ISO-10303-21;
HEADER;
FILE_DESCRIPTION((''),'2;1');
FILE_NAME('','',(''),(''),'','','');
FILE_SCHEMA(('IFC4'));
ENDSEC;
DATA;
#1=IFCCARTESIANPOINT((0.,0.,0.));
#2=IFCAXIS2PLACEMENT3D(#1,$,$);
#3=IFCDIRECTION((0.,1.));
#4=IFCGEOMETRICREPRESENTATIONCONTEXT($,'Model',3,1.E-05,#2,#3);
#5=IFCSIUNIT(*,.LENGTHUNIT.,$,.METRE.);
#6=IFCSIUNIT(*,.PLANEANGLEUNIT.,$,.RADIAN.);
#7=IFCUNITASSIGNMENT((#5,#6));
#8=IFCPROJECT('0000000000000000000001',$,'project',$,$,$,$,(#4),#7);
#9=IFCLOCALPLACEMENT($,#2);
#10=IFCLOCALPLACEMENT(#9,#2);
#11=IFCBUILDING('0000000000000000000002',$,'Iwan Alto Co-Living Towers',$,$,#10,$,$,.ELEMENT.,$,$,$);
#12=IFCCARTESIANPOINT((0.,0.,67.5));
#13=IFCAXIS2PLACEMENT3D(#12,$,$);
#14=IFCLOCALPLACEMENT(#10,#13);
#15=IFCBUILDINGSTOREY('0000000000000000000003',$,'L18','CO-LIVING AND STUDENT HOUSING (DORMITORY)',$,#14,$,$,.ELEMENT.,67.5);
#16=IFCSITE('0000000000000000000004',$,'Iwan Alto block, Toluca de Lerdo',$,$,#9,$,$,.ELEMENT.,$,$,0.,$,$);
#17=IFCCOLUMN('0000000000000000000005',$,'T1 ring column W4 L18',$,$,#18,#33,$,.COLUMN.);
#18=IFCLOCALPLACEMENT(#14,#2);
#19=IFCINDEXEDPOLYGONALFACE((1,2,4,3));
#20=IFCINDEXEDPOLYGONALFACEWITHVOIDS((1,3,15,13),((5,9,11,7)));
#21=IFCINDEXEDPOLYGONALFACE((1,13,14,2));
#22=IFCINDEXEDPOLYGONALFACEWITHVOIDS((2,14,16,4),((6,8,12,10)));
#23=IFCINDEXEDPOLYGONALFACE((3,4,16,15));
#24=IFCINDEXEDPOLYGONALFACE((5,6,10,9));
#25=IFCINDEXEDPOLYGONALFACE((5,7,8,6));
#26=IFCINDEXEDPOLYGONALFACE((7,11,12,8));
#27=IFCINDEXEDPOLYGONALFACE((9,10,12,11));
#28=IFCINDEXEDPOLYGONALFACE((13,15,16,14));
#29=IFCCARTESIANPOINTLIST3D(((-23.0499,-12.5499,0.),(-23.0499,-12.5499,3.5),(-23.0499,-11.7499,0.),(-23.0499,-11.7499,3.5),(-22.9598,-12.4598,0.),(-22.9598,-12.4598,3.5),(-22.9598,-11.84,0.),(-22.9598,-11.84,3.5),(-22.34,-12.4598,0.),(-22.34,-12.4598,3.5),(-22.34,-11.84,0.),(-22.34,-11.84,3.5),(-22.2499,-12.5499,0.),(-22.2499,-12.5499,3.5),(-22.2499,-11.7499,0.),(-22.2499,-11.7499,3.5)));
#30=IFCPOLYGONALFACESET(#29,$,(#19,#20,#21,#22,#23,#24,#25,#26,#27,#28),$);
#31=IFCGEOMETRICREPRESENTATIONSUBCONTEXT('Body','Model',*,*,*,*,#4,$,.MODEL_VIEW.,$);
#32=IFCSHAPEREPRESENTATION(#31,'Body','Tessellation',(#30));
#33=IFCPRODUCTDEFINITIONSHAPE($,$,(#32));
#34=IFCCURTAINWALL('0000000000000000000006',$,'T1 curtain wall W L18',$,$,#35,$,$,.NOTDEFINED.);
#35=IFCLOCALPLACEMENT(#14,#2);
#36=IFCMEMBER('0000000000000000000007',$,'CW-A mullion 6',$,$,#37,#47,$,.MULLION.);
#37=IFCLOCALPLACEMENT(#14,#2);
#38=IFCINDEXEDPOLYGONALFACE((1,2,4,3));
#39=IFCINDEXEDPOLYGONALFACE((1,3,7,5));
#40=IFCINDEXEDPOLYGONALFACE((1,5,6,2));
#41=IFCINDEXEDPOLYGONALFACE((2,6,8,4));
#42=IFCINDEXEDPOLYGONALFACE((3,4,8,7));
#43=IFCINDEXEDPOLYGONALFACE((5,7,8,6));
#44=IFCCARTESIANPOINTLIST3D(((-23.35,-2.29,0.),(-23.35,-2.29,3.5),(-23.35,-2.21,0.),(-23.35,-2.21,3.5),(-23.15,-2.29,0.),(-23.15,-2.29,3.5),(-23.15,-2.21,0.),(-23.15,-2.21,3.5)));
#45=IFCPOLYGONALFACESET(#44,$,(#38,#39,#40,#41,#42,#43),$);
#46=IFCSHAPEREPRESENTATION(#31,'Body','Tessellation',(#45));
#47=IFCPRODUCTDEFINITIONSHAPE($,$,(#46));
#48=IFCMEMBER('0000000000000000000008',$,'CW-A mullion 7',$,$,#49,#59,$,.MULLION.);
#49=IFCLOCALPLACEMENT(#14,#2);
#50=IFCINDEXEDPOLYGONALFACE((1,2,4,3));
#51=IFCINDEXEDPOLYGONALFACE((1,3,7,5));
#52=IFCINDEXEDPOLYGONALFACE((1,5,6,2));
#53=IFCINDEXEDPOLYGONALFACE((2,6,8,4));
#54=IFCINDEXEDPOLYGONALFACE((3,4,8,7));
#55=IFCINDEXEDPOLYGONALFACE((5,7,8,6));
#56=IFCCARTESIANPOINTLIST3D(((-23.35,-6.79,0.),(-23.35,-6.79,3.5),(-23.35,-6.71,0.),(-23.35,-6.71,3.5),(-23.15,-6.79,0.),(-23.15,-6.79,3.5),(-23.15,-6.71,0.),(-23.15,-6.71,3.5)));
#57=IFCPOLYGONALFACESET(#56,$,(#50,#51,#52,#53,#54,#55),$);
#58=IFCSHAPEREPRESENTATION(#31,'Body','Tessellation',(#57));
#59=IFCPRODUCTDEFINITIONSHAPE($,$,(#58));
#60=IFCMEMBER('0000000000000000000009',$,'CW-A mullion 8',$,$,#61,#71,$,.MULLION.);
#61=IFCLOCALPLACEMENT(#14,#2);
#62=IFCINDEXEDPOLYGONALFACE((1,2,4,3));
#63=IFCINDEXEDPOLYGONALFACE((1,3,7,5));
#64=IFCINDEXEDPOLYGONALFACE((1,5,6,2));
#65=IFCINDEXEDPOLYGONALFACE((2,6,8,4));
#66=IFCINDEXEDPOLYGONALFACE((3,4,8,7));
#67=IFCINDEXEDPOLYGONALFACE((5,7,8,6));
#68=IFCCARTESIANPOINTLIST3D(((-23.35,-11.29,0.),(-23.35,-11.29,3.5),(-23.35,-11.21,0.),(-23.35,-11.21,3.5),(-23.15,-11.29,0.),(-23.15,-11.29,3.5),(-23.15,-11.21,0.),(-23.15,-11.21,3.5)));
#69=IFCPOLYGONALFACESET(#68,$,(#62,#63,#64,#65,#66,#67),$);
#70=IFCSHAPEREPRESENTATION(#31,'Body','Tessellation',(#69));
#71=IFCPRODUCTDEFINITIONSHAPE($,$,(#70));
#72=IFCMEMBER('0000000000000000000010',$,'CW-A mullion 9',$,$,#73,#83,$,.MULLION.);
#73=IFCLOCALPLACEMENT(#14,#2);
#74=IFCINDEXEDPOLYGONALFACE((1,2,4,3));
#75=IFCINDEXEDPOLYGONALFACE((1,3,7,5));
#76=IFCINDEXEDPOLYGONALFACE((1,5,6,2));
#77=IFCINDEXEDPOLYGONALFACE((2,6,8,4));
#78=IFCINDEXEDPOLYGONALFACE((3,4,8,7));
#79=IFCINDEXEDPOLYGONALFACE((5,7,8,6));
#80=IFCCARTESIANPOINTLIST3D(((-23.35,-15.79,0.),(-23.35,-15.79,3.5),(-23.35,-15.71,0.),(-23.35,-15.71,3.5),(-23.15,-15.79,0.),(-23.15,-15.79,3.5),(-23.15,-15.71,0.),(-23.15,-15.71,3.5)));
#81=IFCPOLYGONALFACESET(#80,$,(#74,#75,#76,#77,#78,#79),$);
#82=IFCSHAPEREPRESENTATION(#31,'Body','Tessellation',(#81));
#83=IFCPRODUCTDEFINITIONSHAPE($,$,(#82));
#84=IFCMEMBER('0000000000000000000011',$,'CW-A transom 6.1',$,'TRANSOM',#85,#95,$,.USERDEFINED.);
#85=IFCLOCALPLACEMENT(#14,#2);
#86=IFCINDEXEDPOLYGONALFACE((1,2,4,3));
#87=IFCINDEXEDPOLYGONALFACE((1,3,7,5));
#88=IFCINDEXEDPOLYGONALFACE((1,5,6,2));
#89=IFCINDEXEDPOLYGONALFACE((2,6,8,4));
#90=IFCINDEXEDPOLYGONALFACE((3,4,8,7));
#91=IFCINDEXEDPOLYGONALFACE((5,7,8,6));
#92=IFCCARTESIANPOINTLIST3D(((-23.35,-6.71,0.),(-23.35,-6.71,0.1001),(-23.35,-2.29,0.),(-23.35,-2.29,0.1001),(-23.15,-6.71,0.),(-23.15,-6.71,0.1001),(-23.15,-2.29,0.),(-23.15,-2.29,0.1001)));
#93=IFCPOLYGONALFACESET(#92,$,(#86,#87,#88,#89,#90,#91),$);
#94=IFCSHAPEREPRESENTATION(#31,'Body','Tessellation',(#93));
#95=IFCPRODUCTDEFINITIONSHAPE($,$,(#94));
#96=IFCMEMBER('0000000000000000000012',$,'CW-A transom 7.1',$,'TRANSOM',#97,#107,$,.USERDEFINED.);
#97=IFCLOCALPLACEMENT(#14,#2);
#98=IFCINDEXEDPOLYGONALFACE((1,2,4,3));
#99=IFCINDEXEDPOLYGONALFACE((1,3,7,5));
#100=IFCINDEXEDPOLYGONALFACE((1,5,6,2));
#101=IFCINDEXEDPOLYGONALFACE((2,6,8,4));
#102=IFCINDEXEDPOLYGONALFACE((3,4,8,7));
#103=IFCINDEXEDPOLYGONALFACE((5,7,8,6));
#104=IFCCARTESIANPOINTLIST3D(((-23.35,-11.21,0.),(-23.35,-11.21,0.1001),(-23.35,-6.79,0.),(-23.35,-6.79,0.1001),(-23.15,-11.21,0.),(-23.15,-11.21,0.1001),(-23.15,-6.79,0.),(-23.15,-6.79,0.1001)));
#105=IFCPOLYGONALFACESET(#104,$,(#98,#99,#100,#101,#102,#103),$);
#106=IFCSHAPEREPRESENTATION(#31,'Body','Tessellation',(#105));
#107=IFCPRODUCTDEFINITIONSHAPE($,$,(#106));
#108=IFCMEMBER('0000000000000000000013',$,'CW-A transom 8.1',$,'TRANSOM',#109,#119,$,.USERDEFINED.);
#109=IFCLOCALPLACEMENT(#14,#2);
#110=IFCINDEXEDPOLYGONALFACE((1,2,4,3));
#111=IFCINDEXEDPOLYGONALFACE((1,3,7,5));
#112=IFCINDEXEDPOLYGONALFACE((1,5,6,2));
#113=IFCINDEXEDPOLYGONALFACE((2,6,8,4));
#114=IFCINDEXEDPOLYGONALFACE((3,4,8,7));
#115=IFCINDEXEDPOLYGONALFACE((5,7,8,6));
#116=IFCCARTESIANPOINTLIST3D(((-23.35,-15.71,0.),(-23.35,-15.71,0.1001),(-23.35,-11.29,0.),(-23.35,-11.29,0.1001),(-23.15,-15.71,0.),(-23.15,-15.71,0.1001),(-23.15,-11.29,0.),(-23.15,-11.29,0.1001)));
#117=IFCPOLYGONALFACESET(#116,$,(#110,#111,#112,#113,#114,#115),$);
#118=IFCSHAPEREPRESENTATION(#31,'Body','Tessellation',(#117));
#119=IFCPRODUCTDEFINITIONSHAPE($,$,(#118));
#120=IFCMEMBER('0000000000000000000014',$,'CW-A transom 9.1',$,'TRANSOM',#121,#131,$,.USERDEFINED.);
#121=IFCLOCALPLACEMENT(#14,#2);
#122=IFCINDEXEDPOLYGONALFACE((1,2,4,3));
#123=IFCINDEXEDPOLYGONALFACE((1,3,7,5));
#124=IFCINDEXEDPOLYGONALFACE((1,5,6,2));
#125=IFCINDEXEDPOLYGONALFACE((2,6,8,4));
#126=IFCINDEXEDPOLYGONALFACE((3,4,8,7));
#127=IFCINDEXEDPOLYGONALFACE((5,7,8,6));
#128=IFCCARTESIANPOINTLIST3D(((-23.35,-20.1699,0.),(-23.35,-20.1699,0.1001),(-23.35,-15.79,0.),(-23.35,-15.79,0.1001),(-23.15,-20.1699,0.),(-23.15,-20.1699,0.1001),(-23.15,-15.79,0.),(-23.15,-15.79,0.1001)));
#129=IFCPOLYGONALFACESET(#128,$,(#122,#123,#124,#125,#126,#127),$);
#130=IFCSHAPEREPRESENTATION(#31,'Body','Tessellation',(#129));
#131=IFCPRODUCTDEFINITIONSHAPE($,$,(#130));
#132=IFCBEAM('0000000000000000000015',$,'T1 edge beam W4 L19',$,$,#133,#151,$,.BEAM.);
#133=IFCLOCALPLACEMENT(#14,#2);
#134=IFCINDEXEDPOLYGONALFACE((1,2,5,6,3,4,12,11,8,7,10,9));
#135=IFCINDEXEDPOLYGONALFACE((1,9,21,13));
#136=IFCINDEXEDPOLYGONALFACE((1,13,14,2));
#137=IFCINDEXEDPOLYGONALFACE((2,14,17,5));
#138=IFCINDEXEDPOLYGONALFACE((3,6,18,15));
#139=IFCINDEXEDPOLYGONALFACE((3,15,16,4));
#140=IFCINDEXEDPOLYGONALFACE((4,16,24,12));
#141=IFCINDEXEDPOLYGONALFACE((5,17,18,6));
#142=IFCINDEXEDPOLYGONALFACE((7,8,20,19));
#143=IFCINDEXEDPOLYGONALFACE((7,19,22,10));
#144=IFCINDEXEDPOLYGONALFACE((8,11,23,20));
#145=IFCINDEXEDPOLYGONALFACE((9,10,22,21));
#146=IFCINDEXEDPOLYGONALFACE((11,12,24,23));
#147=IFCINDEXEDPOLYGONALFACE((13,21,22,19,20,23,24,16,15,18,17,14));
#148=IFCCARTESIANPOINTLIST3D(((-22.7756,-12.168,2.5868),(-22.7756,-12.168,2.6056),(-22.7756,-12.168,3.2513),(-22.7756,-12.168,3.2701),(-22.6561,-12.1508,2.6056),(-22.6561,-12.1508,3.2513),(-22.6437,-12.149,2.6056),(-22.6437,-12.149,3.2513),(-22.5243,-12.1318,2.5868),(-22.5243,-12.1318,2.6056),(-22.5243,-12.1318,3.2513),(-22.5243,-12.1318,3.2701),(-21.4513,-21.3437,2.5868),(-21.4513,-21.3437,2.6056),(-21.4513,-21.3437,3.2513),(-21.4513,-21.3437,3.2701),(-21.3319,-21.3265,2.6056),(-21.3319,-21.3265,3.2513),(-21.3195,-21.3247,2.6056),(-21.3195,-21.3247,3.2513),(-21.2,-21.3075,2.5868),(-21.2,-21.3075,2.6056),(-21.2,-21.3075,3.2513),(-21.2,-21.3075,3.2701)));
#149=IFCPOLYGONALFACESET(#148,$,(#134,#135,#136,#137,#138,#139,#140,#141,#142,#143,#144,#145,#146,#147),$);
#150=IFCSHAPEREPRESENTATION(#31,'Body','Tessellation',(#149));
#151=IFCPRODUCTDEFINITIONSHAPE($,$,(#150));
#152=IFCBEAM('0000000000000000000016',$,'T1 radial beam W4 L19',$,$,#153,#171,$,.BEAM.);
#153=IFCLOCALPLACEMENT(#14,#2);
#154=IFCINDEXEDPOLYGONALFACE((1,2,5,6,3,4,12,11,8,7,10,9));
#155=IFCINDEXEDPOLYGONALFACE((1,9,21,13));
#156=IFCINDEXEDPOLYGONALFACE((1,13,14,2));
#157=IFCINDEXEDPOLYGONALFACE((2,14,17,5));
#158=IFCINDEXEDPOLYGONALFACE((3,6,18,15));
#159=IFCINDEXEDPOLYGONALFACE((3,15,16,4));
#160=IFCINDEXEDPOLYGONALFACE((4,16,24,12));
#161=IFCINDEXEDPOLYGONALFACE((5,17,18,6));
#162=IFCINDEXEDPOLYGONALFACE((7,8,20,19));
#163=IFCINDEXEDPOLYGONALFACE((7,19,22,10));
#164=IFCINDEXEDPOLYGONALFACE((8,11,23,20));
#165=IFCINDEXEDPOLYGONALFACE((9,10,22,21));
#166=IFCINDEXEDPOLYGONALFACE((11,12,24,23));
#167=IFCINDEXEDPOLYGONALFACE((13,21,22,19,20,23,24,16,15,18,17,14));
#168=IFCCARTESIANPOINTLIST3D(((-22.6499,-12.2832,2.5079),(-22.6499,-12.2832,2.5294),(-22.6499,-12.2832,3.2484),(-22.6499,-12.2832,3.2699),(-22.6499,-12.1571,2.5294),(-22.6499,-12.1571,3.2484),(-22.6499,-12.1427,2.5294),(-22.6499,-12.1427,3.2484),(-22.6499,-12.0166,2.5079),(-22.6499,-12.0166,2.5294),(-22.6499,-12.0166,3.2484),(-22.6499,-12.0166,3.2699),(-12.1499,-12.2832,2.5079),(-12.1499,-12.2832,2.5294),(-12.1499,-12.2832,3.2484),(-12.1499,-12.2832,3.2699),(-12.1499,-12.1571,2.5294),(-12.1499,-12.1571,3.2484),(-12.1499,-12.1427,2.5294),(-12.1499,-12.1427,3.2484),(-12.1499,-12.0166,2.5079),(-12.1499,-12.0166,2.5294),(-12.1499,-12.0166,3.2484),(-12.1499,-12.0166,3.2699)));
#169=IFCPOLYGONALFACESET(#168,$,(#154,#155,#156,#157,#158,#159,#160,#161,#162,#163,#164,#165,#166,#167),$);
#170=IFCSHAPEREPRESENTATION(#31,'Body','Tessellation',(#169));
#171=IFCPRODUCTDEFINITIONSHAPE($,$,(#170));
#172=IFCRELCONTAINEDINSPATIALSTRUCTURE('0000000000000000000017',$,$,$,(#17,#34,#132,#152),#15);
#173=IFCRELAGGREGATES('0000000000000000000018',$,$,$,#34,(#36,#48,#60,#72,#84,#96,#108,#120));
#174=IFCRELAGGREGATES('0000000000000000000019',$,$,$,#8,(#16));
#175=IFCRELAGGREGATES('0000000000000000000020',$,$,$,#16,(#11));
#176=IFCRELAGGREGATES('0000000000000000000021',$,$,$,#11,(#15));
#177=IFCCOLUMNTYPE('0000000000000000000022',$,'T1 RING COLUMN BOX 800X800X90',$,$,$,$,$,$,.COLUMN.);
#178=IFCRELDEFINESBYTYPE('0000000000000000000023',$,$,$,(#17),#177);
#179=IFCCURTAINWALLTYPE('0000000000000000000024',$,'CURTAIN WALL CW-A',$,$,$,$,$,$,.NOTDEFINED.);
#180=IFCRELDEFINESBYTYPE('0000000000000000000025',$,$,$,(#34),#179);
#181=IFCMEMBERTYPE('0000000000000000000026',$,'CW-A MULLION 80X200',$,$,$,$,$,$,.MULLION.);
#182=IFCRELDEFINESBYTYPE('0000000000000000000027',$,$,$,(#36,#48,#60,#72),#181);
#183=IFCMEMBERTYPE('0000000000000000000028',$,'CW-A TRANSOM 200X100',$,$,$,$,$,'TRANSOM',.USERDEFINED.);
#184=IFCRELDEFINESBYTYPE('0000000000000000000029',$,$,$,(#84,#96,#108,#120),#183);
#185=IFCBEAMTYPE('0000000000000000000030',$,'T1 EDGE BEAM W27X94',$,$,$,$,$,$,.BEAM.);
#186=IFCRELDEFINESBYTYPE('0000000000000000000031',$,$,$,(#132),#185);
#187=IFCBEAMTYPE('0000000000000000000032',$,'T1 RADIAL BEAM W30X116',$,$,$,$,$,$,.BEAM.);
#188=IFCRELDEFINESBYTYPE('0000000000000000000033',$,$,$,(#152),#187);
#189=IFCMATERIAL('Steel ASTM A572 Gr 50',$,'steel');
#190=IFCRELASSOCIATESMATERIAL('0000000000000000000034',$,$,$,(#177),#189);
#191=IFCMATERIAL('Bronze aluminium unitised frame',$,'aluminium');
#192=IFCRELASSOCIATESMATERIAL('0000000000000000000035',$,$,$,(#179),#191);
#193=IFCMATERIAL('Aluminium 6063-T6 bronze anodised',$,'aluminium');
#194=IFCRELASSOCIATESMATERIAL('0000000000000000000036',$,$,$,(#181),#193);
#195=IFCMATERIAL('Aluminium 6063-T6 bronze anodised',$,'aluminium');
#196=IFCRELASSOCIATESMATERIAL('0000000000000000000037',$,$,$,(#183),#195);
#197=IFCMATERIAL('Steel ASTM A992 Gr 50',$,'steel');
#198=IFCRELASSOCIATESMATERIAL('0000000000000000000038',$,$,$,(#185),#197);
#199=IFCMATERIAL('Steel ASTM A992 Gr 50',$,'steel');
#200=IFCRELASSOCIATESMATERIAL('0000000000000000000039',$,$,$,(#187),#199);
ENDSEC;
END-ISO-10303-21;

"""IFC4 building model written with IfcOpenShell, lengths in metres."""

from ifc_helpers import new_model, si_unit, direction, frame, origin, origin_2d, place, context, subcontext, project, spatial, rectangle, hollow_rectangle, i_section, extrude, material, material_profile, profile_set, type_object, element, aggregate, save


model = new_model("IFC4")

# Units and contexts
model_context = context("Model", 3, precision=1e-05, world=origin(), true_north=direction((0.0, 1.0)))
body_context = subcontext(model_context, "Body", "Model", "MODEL_VIEW")
ifc_project = project(units=[si_unit("LENGTHUNIT", "METRE"), si_unit("PLANEANGLEUNIT", "RADIAN")], contexts=[model_context])

# Site, building, storey
site_placement = place(None, origin())
site = spatial("IfcSite", under=ifc_project, at=site_placement, Name="Iwan Alto block, Toluca de Lerdo", CompositionType="ELEMENT", RefElevation=0.0)
building_placement = place(site_placement, origin())
building = spatial("IfcBuilding", under=site, at=building_placement, Name="Iwan Alto Co-Living Towers", CompositionType="ELEMENT")
storey_placement = place(building_placement, frame((0.0, 0.0, 67.5)))
storey = spatial("IfcBuildingStorey", under=building, at=storey_placement, Name="L18", Description="CO-LIVING AND STUDENT HOUSING (DORMITORY)", CompositionType="ELEMENT", Elevation=67.5)

# Column
ifc_material_1 = material(Name="Steel ASTM A572 Gr 50", Category="steel")
ifc_material_profile_1 = material_profile(ifc_material_1, hollow_rectangle(XDim=0.8, YDim=0.8, WallThickness=0.0901, at=origin_2d()), Name="BOX 800X800X90")
ifc_profile_set_1 = profile_set([ifc_material_profile_1], Name="Steel ASTM A572 Gr 50")
column_type = type_object("IfcColumnType", Name="T1 RING COLUMN BOX 800X800X90", PredefinedType="COLUMN", material=ifc_profile_set_1)
column_placement = place(storey_placement, frame((-22.6499, -12.1499, 0.0), z_axis=(0.0, 0.0, 1.0), x_axis=(1.0, 0.0, 0.0)))
element("IfcColumn", 1, at=column_placement, inside=storey, type_object=column_type, Name="T1 ring column W4 L18", PredefinedType="COLUMN", context=body_context, shape_type="SweptSolid", body=[
    extrude(hollow_rectangle(XDim=0.8, YDim=0.8, WallThickness=0.0901, at=origin_2d()), origin(), (0.0, 0.0, 1.0), 3.5),
])

# Curtain wall, members
ifc_material_2 = material(Name="Bronze aluminium unitised frame", Category="aluminium")
curtain_wall_type = type_object("IfcCurtainWallType", Name="CURTAIN WALL CW-A", PredefinedType="NOTDEFINED", material=ifc_material_2)
curtain_wall_placement = place(storey_placement, origin())
curtain_wall = element("IfcCurtainWall", 2, at=curtain_wall_placement, inside=storey, type_object=curtain_wall_type, Name="T1 curtain wall W L18", PredefinedType="NOTDEFINED")
ifc_material_3 = material(Name="Aluminium 6063-T6 bronze anodised", Category="aluminium")
ifc_material_profile_2 = material_profile(ifc_material_3, rectangle(XDim=0.2, YDim=0.0801, at=origin_2d()), Name="AL 80X200")
ifc_profile_set_2 = profile_set([ifc_material_profile_2], Name="Aluminium 6063-T6 bronze anodised")
member_type_1 = type_object("IfcMemberType", Name="CW-A MULLION 80X200", PredefinedType="MULLION", material=ifc_profile_set_2)
member_1_placement = place(storey_placement, frame((-23.25, -2.25, 0.0), z_axis=(0.0, 0.0, 1.0), x_axis=(1.0, 0.0, 0.0)))
member_1 = element("IfcMember", 3, at=member_1_placement, type_object=member_type_1, Name="CW-A mullion 6", PredefinedType="MULLION", context=body_context, shape_type="SweptSolid", body=[
    extrude(rectangle(XDim=0.2, YDim=0.0801, at=origin_2d()), origin(), (0.0, 0.0, 1.0), 3.5),
])
member_2_placement = place(storey_placement, frame((-23.25, -6.75, 0.0), z_axis=(0.0, 0.0, 1.0), x_axis=(1.0, 0.0, 0.0)))
member_2 = element("IfcMember", 4, at=member_2_placement, type_object=member_type_1, Name="CW-A mullion 7", PredefinedType="MULLION", context=body_context, shape_type="SweptSolid", body=[
    extrude(rectangle(XDim=0.2, YDim=0.0801, at=origin_2d()), origin(), (0.0, 0.0, 1.0), 3.5),
])
member_3_placement = place(storey_placement, frame((-23.25, -11.25, 0.0), z_axis=(0.0, 0.0, 1.0), x_axis=(1.0, 0.0, 0.0)))
member_3 = element("IfcMember", 5, at=member_3_placement, type_object=member_type_1, Name="CW-A mullion 8", PredefinedType="MULLION", context=body_context, shape_type="SweptSolid", body=[
    extrude(rectangle(XDim=0.2, YDim=0.0801, at=origin_2d()), origin(), (0.0, 0.0, 1.0), 3.5),
])
member_4_placement = place(storey_placement, frame((-23.25, -15.75, 0.0), z_axis=(0.0, 0.0, 1.0), x_axis=(1.0, 0.0, 0.0)))
member_4 = element("IfcMember", 6, at=member_4_placement, type_object=member_type_1, Name="CW-A mullion 9", PredefinedType="MULLION", context=body_context, shape_type="SweptSolid", body=[
    extrude(rectangle(XDim=0.2, YDim=0.0801, at=origin_2d()), origin(), (0.0, 0.0, 1.0), 3.5),
])
ifc_material_4 = material(Name="Aluminium 6063-T6 bronze anodised", Category="aluminium")
ifc_material_profile_3 = material_profile(ifc_material_4, rectangle(XDim=0.2, YDim=0.1001, at=origin_2d()), Name="AL 200X100")
ifc_profile_set_3 = profile_set([ifc_material_profile_3], Name="Aluminium 6063-T6 bronze anodised")
member_type_2 = type_object("IfcMemberType", Name="CW-A TRANSOM 200X100", ElementType="TRANSOM", PredefinedType="USERDEFINED", material=ifc_profile_set_3)
member_5_placement = place(storey_placement, frame((-23.25, -2.29, 0.05), z_axis=(0.0, -1.0, 0.0), x_axis=(1.0, 0.0, 0.0)))
member_5 = element("IfcMember", 7, at=member_5_placement, type_object=member_type_2, Name="CW-A transom 6.1", ObjectType="TRANSOM", PredefinedType="USERDEFINED", context=body_context, shape_type="SweptSolid", body=[
    extrude(rectangle(XDim=0.2, YDim=0.1001, at=origin_2d()), origin(), (0.0, 0.0, 1.0), 4.4199),
])
member_6_placement = place(storey_placement, frame((-23.25, -6.79, 0.05), z_axis=(0.0, -1.0, 0.0), x_axis=(1.0, 0.0, 0.0)))
member_6 = element("IfcMember", 8, at=member_6_placement, type_object=member_type_2, Name="CW-A transom 7.1", ObjectType="TRANSOM", PredefinedType="USERDEFINED", context=body_context, shape_type="SweptSolid", body=[
    extrude(rectangle(XDim=0.2, YDim=0.1001, at=origin_2d()), origin(), (0.0, 0.0, 1.0), 4.4199),
])
member_7_placement = place(storey_placement, frame((-23.25, -11.29, 0.05), z_axis=(0.0, -1.0, 0.0), x_axis=(1.0, 0.0, 0.0)))
member_7 = element("IfcMember", 9, at=member_7_placement, type_object=member_type_2, Name="CW-A transom 8.1", ObjectType="TRANSOM", PredefinedType="USERDEFINED", context=body_context, shape_type="SweptSolid", body=[
    extrude(rectangle(XDim=0.2, YDim=0.1001, at=origin_2d()), origin(), (0.0, 0.0, 1.0), 4.4199),
])
member_8_placement = place(storey_placement, frame((-23.25, -15.79, 0.05), z_axis=(0.0, -1.0, 0.0), x_axis=(1.0, 0.0, 0.0)))
member_8 = element("IfcMember", 10, at=member_8_placement, type_object=member_type_2, Name="CW-A transom 9.1", ObjectType="TRANSOM", PredefinedType="USERDEFINED", context=body_context, shape_type="SweptSolid", body=[
    extrude(rectangle(XDim=0.2, YDim=0.1001, at=origin_2d()), origin(), (0.0, 0.0, 1.0), 4.3799),
])

# Beams
ifc_material_5 = material(Name="Steel ASTM A992 Gr 50", Category="steel")
ifc_material_profile_4 = material_profile(ifc_material_5, i_section(OverallWidth=0.2539, OverallDepth=0.6833, WebThickness=0.0125, FlangeThickness=0.0188, at=origin_2d()), Name="W27X94")
ifc_profile_set_4 = profile_set([ifc_material_profile_4], Name="Steel ASTM A992 Gr 50")
beam_type_1 = type_object("IfcBeamType", Name="T1 EDGE BEAM W27X94", PredefinedType="BEAM", material=ifc_profile_set_4)
beam_1_placement = place(storey_placement, frame((-22.6499, -12.1499, 2.9285), z_axis=(0.142837, -0.989746, 0.0), x_axis=(0.989746, 0.142837, 0.0)))
element("IfcBeam", 11, at=beam_1_placement, inside=storey, type_object=beam_type_1, Name="T1 edge beam W4 L19", PredefinedType="BEAM", context=body_context, shape_type="SweptSolid", body=[
    extrude(i_section(OverallWidth=0.2539, OverallDepth=0.6833, WebThickness=0.0125, FlangeThickness=0.0188, at=origin_2d()), origin(), (0.0, 0.0, 1.0), 9.2708),
])
ifc_material_6 = material(Name="Steel ASTM A992 Gr 50", Category="steel")
ifc_material_profile_5 = material_profile(ifc_material_6, i_section(OverallWidth=0.2666, OverallDepth=0.762, WebThickness=0.0144, FlangeThickness=0.0215, at=origin_2d()), Name="W30X116")
ifc_profile_set_5 = profile_set([ifc_material_profile_5], Name="Steel ASTM A992 Gr 50")
beam_type_2 = type_object("IfcBeamType", Name="T1 RADIAL BEAM W30X116", PredefinedType="BEAM", material=ifc_profile_set_5)
beam_2_placement = place(storey_placement, frame((-22.6499, -12.1499, 2.8889), z_axis=(1.0, 0.0, 0.0), x_axis=(0.0, 1.0, 0.0)))
element("IfcBeam", 12, at=beam_2_placement, inside=storey, type_object=beam_type_2, Name="T1 radial beam W4 L19", PredefinedType="BEAM", context=body_context, shape_type="SweptSolid", body=[
    extrude(i_section(OverallWidth=0.2666, OverallDepth=0.762, WebThickness=0.0144, FlangeThickness=0.0215, at=origin_2d()), origin(), (0.0, 0.0, 1.0), 10.5),
])

aggregate(curtain_wall, [member_1, member_2, member_3, member_4, member_5, member_6, member_7, member_8])

save(model, "model.ifc")
